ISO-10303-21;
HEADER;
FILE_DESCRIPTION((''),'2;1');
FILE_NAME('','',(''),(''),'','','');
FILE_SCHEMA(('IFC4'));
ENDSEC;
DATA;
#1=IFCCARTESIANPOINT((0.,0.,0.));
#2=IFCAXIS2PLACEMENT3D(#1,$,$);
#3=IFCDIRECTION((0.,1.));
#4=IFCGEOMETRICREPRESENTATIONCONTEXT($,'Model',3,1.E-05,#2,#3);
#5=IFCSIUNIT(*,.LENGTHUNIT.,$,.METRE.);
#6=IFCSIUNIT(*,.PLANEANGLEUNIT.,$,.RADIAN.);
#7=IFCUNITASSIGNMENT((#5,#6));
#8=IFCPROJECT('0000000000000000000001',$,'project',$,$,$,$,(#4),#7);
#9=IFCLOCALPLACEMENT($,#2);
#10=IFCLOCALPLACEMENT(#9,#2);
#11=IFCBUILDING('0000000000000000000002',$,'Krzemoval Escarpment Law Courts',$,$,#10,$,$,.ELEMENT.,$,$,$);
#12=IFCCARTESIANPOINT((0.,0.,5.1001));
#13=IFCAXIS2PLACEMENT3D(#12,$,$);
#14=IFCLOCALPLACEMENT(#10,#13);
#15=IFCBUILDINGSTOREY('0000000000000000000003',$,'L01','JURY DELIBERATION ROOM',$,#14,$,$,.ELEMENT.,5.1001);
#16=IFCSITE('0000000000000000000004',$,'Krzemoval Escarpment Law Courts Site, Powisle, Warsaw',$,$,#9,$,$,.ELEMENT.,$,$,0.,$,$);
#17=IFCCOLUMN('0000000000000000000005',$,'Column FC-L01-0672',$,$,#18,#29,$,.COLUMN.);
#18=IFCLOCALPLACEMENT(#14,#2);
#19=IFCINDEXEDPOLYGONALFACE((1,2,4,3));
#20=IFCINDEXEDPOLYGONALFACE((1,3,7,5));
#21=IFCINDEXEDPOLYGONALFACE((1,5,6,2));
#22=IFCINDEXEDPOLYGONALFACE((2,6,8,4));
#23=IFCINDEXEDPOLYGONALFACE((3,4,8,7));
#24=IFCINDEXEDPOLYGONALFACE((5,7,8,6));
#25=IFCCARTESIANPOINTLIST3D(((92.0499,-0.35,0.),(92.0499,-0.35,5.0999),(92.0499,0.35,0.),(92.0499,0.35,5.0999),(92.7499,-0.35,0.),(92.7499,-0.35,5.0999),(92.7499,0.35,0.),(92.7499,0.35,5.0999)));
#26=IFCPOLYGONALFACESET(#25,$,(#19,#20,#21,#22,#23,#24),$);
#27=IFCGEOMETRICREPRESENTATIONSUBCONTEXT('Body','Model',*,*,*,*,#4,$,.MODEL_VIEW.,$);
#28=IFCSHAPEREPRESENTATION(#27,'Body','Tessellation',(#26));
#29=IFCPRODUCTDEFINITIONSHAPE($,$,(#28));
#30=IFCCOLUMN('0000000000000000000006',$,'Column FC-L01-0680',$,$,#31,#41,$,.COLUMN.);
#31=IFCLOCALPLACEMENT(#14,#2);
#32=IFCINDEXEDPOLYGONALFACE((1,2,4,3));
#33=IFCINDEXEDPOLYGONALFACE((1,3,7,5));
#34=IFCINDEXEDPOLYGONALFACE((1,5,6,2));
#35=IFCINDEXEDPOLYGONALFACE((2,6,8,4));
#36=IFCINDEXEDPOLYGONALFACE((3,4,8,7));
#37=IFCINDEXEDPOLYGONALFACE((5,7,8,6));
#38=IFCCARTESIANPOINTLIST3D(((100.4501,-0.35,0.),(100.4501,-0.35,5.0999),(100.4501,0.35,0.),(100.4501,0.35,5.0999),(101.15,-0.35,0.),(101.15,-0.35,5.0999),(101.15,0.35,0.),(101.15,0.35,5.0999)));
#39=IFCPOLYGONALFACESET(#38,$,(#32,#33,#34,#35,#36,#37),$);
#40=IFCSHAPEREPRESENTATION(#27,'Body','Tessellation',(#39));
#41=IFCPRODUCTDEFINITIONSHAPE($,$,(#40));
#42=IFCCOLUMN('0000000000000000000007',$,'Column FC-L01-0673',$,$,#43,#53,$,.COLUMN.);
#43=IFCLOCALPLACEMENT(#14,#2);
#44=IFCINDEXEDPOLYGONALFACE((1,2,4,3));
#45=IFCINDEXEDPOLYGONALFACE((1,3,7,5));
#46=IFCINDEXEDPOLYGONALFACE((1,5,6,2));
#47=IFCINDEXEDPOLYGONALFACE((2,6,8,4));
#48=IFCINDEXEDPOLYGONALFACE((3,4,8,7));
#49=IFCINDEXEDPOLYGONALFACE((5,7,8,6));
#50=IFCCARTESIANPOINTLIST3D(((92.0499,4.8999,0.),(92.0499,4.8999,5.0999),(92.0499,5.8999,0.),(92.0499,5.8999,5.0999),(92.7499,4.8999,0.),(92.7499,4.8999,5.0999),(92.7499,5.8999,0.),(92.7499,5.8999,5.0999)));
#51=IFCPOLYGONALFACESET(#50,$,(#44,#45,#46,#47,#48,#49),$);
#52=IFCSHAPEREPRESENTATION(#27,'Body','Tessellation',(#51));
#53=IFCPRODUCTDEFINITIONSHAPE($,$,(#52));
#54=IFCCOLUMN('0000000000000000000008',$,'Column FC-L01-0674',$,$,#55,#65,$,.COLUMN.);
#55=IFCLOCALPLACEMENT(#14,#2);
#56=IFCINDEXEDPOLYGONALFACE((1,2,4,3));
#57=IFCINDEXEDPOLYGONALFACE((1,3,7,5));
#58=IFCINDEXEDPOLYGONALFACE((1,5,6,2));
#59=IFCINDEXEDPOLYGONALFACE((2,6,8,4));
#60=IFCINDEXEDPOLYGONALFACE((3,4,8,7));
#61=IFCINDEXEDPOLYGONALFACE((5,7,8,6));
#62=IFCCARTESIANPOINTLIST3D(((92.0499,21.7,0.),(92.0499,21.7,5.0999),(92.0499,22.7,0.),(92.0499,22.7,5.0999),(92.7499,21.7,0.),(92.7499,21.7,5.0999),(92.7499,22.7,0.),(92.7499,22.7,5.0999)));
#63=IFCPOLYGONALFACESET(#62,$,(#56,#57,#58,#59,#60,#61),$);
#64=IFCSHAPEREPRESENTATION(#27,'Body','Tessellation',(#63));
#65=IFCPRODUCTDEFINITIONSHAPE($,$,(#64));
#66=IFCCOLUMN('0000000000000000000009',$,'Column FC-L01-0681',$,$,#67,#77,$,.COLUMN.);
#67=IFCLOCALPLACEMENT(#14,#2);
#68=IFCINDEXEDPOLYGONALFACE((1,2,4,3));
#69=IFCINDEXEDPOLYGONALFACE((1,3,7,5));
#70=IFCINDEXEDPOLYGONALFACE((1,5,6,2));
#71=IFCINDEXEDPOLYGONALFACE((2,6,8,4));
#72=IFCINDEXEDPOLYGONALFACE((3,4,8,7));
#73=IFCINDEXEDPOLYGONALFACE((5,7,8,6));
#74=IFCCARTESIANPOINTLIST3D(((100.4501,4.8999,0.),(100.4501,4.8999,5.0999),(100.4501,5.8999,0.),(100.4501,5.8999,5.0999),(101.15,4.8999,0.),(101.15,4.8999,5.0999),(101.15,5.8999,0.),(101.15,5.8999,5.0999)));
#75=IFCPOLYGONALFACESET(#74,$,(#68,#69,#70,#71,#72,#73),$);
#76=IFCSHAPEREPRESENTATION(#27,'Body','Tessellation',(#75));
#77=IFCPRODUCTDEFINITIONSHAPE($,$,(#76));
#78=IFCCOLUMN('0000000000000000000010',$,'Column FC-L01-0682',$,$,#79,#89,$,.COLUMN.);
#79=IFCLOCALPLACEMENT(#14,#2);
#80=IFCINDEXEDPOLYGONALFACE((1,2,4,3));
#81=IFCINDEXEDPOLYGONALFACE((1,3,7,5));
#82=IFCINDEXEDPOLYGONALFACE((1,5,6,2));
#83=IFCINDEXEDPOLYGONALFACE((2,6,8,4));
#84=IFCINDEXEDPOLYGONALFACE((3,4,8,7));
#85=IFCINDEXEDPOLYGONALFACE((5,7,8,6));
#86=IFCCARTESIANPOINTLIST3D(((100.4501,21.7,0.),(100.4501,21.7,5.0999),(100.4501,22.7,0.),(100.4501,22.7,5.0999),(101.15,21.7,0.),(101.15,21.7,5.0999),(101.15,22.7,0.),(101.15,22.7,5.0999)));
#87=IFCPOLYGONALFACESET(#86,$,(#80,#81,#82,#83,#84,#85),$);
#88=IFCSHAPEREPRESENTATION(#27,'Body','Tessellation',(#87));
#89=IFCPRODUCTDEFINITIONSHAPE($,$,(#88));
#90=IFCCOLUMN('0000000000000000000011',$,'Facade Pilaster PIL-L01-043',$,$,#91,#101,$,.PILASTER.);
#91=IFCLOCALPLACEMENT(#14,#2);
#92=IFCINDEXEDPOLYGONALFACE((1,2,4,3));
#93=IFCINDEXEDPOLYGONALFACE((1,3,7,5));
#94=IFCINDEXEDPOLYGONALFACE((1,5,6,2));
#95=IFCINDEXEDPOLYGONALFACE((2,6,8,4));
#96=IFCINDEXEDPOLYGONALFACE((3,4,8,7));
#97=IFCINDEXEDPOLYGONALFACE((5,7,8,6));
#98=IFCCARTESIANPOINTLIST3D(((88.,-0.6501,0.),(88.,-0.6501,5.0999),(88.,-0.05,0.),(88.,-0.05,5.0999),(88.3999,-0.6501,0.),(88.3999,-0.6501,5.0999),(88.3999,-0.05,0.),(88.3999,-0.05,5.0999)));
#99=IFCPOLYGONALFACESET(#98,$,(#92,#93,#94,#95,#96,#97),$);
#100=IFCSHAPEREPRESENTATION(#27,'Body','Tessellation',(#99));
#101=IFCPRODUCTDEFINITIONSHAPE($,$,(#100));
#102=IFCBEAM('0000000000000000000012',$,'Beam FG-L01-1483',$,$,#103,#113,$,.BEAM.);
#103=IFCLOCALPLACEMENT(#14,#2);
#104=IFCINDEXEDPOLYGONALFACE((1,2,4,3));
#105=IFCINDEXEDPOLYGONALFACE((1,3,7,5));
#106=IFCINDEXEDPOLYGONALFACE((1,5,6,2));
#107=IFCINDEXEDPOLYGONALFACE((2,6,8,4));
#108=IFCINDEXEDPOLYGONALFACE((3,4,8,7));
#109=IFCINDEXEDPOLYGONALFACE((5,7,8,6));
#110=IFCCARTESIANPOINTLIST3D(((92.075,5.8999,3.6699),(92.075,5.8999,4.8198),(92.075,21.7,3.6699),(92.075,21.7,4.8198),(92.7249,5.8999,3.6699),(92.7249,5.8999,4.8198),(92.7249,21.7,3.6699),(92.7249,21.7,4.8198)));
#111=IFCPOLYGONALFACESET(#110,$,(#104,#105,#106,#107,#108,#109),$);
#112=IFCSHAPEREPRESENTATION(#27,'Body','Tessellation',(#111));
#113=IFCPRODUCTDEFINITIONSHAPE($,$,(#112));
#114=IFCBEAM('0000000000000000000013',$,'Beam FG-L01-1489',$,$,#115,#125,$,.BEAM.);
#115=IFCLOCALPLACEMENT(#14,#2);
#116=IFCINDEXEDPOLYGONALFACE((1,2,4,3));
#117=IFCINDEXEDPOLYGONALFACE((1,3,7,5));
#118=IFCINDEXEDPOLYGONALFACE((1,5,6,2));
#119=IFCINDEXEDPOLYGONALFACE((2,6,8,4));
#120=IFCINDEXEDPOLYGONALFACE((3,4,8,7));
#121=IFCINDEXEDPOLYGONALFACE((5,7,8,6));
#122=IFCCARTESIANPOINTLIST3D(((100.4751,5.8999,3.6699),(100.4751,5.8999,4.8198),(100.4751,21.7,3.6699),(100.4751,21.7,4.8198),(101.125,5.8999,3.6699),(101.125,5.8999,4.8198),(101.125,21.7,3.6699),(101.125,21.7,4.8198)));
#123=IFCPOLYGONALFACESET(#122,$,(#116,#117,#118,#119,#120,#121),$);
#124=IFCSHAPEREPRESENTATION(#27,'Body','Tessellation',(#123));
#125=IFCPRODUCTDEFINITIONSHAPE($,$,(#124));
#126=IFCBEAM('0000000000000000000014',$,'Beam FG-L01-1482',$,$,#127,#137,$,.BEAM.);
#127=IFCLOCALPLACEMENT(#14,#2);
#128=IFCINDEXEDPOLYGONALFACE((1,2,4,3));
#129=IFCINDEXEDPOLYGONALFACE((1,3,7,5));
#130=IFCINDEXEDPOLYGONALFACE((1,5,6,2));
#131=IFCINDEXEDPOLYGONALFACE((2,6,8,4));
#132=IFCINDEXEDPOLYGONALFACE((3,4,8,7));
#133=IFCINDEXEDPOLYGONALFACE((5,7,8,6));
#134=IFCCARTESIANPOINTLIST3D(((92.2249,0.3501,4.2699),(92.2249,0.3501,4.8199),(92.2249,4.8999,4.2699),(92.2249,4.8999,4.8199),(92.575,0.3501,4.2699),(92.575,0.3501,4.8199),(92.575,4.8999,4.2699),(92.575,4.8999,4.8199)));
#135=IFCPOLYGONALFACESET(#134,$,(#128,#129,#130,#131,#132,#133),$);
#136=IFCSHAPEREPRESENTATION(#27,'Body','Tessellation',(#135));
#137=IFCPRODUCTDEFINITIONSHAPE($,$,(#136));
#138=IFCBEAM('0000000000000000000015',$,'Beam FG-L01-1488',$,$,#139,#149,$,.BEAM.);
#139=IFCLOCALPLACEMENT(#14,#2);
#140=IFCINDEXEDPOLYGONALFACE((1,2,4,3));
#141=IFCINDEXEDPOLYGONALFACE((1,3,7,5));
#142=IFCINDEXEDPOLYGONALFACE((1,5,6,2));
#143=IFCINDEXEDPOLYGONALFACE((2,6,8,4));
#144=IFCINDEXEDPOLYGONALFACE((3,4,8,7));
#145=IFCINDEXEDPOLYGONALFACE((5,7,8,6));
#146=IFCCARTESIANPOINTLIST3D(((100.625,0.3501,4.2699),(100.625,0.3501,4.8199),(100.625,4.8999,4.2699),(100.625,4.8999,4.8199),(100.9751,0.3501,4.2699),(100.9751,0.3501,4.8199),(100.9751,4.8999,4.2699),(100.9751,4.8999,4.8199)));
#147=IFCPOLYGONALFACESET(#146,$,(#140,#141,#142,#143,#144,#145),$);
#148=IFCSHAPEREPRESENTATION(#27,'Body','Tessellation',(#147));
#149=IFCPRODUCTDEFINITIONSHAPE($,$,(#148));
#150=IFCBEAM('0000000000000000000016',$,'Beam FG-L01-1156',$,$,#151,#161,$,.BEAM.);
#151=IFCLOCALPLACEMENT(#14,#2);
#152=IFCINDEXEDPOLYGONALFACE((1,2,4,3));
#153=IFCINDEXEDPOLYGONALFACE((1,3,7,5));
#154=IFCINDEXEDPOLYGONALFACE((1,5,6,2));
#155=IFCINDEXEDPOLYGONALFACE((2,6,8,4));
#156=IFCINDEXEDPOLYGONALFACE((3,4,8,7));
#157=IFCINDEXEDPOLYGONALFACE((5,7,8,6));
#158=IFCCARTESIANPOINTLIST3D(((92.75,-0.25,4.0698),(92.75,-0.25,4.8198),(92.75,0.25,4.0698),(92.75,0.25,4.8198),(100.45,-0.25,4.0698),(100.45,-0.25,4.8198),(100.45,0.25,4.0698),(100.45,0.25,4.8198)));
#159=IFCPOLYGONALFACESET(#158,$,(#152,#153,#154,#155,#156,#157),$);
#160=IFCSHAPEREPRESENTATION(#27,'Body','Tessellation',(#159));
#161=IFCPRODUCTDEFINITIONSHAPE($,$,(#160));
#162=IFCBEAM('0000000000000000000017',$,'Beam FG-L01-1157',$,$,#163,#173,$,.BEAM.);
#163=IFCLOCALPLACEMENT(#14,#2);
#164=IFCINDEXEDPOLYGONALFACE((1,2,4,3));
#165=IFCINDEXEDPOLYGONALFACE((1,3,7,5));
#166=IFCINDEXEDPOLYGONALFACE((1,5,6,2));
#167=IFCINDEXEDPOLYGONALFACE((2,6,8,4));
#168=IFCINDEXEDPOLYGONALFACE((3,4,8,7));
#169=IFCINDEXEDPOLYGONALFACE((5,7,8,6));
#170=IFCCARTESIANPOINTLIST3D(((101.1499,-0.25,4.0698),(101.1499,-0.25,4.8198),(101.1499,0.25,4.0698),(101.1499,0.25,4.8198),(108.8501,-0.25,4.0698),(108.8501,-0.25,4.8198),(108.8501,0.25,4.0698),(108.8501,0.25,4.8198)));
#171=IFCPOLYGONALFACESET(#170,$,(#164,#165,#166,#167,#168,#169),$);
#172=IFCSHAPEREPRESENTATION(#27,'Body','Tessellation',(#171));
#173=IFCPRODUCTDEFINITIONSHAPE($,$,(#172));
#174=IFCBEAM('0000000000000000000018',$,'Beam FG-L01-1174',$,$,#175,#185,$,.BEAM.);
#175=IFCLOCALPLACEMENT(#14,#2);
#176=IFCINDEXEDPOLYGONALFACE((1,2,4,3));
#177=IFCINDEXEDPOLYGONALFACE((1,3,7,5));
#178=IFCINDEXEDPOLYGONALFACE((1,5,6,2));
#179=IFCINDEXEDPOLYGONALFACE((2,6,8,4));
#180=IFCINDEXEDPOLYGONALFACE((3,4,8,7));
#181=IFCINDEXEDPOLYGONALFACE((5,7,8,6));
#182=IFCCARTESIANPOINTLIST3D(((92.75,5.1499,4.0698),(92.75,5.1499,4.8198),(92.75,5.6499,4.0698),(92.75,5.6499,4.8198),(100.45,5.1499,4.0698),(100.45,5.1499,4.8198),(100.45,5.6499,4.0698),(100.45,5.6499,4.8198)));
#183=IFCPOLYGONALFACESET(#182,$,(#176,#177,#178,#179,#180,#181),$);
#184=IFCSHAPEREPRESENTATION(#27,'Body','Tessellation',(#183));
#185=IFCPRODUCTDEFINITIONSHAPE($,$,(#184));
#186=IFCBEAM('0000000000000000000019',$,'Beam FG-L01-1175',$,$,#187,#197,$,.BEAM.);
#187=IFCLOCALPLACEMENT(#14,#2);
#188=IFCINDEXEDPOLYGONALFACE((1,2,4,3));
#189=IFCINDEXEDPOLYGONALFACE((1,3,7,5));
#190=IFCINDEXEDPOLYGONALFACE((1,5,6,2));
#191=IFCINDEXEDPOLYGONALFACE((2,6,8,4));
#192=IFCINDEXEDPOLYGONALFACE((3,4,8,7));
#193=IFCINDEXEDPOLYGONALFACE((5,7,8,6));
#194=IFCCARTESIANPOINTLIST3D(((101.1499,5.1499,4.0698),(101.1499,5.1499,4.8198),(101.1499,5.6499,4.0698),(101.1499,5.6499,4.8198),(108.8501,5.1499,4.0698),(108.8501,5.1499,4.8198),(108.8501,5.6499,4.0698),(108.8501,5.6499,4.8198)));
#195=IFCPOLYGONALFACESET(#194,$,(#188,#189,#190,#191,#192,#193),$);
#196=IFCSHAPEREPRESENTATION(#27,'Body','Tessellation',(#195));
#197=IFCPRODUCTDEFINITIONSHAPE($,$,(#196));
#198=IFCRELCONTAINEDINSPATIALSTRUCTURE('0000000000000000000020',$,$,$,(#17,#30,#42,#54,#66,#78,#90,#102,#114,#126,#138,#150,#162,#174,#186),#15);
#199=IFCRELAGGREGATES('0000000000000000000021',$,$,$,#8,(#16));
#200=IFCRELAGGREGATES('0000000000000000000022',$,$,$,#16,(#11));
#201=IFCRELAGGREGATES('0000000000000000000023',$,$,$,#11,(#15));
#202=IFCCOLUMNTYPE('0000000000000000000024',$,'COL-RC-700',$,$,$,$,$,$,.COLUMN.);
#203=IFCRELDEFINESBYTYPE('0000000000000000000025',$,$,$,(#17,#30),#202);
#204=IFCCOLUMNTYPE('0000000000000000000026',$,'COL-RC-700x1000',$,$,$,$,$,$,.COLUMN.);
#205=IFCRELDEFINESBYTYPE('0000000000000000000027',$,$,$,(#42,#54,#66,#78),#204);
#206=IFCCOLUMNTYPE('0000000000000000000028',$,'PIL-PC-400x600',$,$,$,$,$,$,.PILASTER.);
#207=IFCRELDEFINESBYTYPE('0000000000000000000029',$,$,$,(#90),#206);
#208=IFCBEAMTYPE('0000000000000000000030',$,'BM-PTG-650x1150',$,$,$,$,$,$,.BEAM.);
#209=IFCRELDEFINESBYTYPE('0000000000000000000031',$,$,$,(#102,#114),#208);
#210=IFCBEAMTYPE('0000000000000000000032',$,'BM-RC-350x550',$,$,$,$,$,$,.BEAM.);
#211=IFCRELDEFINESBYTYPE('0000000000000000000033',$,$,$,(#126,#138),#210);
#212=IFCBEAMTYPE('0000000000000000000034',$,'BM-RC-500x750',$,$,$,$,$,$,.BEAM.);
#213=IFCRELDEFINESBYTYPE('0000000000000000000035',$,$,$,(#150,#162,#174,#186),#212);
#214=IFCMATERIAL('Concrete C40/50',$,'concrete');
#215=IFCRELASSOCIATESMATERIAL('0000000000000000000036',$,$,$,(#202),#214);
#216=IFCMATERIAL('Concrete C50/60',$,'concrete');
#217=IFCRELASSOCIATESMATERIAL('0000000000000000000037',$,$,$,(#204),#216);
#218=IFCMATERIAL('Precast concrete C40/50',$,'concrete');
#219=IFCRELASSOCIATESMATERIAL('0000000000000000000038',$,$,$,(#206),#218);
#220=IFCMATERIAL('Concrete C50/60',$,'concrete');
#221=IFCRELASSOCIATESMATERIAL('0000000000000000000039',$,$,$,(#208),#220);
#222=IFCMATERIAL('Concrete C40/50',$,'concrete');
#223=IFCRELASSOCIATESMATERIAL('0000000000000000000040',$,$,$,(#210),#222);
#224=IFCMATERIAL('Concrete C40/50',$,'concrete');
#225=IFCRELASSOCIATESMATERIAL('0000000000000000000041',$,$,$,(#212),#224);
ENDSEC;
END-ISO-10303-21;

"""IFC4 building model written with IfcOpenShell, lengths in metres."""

from ifc_helpers import new_model, si_unit, direction, frame, origin, origin_2d, place, context, subcontext, project, spatial, rectangle, extrude, material, material_profile, profile_set, type_object, element, save


model = new_model("IFC4")

# Units and contexts
model_context = context("Model", 3, precision=1e-05, world=origin(), true_north=direction((0.0, 1.0)))
body_context = subcontext(model_context, "Body", "Model", "MODEL_VIEW")
ifc_project = project(units=[si_unit("LENGTHUNIT", "METRE"), si_unit("PLANEANGLEUNIT", "RADIAN")], contexts=[model_context])

# Site, building, storey
site_placement = place(None, origin())
site = spatial("IfcSite", under=ifc_project, at=site_placement, Name="Krzemoval Escarpment Law Courts Site, Powisle, Warsaw", CompositionType="ELEMENT", RefElevation=0.0)
building_placement = place(site_placement, origin())
building = spatial("IfcBuilding", under=site, at=building_placement, Name="Krzemoval Escarpment Law Courts", CompositionType="ELEMENT")
storey_placement = place(building_placement, frame((0.0, 0.0, 5.1001)))
storey = spatial("IfcBuildingStorey", under=building, at=storey_placement, Name="L01", Description="JURY DELIBERATION ROOM", CompositionType="ELEMENT", Elevation=5.1001)

# Columns
ifc_material_1 = material(Name="Concrete C40/50", Category="concrete")
ifc_material_profile_1 = material_profile(ifc_material_1, rectangle(XDim=0.7, YDim=0.7, at=origin_2d()), Name="RC 700x700")
ifc_profile_set_1 = profile_set([ifc_material_profile_1], Name="Concrete C40/50")
column_type_1 = type_object("IfcColumnType", Name="COL-RC-700", PredefinedType="COLUMN", material=ifc_profile_set_1)
for number, where, z_axis, x_axis, name in (
    (1, (92.3999, 0.0, 0.0), (0.0, 0.0, 1.0), (1.0, 0.0, 0.0), "Column FC-L01-0672"),
    (2, (100.8, 0.0, 0.0), (0.0, 0.0, 1.0), (1.0, 0.0, 0.0), "Column FC-L01-0680"),
):
    element("IfcColumn", number, at=place(storey_placement, frame(where, z_axis=z_axis, x_axis=x_axis)), inside=storey, type_object=column_type_1, Name=name, PredefinedType="COLUMN", context=body_context, shape_type="SweptSolid", body=[
        extrude(rectangle(XDim=0.7, YDim=0.7, at=origin_2d()), origin(), (0.0, 0.0, 1.0), 5.0999),
    ])
ifc_material_2 = material(Name="Concrete C50/60", Category="concrete")
ifc_material_profile_2 = material_profile(ifc_material_2, rectangle(XDim=0.7, YDim=1.0, at=origin_2d()), Name="RC 700x1000")
ifc_profile_set_2 = profile_set([ifc_material_profile_2], Name="Concrete C50/60")
column_type_2 = type_object("IfcColumnType", Name="COL-RC-700x1000", PredefinedType="COLUMN", material=ifc_profile_set_2)
for number, where, z_axis, x_axis, name in (
    (3, (92.3999, 5.3999, 0.0), (0.0, 0.0, 1.0), (1.0, 0.0, 0.0), "Column FC-L01-0673"),
    (4, (92.3999, 22.2, 0.0), (0.0, 0.0, 1.0), (1.0, 0.0, 0.0), "Column FC-L01-0674"),
    (5, (100.8, 5.3999, 0.0), (0.0, 0.0, 1.0), (1.0, 0.0, 0.0), "Column FC-L01-0681"),
    (6, (100.8, 22.2, 0.0), (0.0, 0.0, 1.0), (1.0, 0.0, 0.0), "Column FC-L01-0682"),
):
    element("IfcColumn", number, at=place(storey_placement, frame(where, z_axis=z_axis, x_axis=x_axis)), inside=storey, type_object=column_type_2, Name=name, PredefinedType="COLUMN", context=body_context, shape_type="SweptSolid", body=[
        extrude(rectangle(XDim=0.7, YDim=1.0, at=origin_2d()), origin(), (0.0, 0.0, 1.0), 5.0999),
    ])
ifc_material_3 = material(Name="Precast concrete C40/50", Category="concrete")
ifc_material_profile_3 = material_profile(ifc_material_3, rectangle(XDim=0.3999, YDim=0.6001, at=origin_2d()), Name="PIL 400x600")
ifc_profile_set_3 = profile_set([ifc_material_profile_3], Name="Precast concrete C40/50")
column_type_3 = type_object("IfcColumnType", Name="PIL-PC-400x600", PredefinedType="PILASTER", material=ifc_profile_set_3)
column_placement = place(storey_placement, frame((88.2, -0.3501, 0.0), z_axis=(0.0, 0.0, 1.0), x_axis=(1.0, 0.0, 0.0)))
element("IfcColumn", 7, at=column_placement, inside=storey, type_object=column_type_3, Name="Facade Pilaster PIL-L01-043", PredefinedType="PILASTER", context=body_context, shape_type="SweptSolid", body=[
    extrude(rectangle(XDim=0.3999, YDim=0.6001, at=origin_2d()), origin(), (0.0, 0.0, 1.0), 5.0999),
])

# Beams
ifc_material_4 = material(Name="Concrete C50/60", Category="concrete")
ifc_material_profile_4 = material_profile(ifc_material_4, rectangle(XDim=0.6499, YDim=1.1499, at=origin_2d()), Name="PTG 650x1150")
ifc_profile_set_4 = profile_set([ifc_material_profile_4], Name="Concrete C50/60")
beam_type_1 = type_object("IfcBeamType", Name="BM-PTG-650x1150", PredefinedType="BEAM", material=ifc_profile_set_4)
for number, where, z_axis, x_axis, name in (
    (8, (92.3999, 5.8999, 4.2449), (0.0, 1.0, 0.0), (-1.0, 0.0, 0.0), "Beam FG-L01-1483"),
    (9, (100.8, 5.8999, 4.2449), (0.0, 1.0, 0.0), (-1.0, 0.0, 0.0), "Beam FG-L01-1489"),
):
    element("IfcBeam", number, at=place(storey_placement, frame(where, z_axis=z_axis, x_axis=x_axis)), inside=storey, type_object=beam_type_1, Name=name, PredefinedType="BEAM", context=body_context, shape_type="SweptSolid", body=[
        extrude(rectangle(XDim=0.6499, YDim=1.1499, at=origin_2d()), origin(), (0.0, 0.0, 1.0), 15.8),
    ])
ifc_material_5 = material(Name="Concrete C40/50", Category="concrete")
ifc_material_profile_5 = material_profile(ifc_material_5, rectangle(XDim=0.3501, YDim=0.55, at=origin_2d()), Name="RCB 350x550")
ifc_profile_set_5 = profile_set([ifc_material_profile_5], Name="Concrete C40/50")
beam_type_2 = type_object("IfcBeamType", Name="BM-RC-350x550", PredefinedType="BEAM", material=ifc_profile_set_5)
for number, where, z_axis, x_axis, name in (
    (10, (92.3999, 0.3501, 4.5449), (0.0, 1.0, 0.0), (-1.0, 0.0, 0.0), "Beam FG-L01-1482"),
    (11, (100.8, 0.3501, 4.5449), (0.0, 1.0, 0.0), (-1.0, 0.0, 0.0), "Beam FG-L01-1488"),
):
    element("IfcBeam", number, at=place(storey_placement, frame(where, z_axis=z_axis, x_axis=x_axis)), inside=storey, type_object=beam_type_2, Name=name, PredefinedType="BEAM", context=body_context, shape_type="SweptSolid", body=[
        extrude(rectangle(XDim=0.3501, YDim=0.55, at=origin_2d()), origin(), (0.0, 0.0, 1.0), 4.5498),
    ])
ifc_material_6 = material(Name="Concrete C40/50", Category="concrete")
ifc_material_profile_6 = material_profile(ifc_material_6, rectangle(XDim=0.5, YDim=0.75, at=origin_2d()), Name="RCB 500x750")
ifc_profile_set_6 = profile_set([ifc_material_profile_6], Name="Concrete C40/50")
beam_type_3 = type_object("IfcBeamType", Name="BM-RC-500x750", PredefinedType="BEAM", material=ifc_profile_set_6)
beam_1_placement = place(storey_placement, frame((92.75, 0.0, 4.4448), z_axis=(1.0, 0.0, 0.0), x_axis=(0.0, 1.0, 0.0)))
element("IfcBeam", 12, at=beam_1_placement, inside=storey, type_object=beam_type_3, Name="Beam FG-L01-1156", PredefinedType="BEAM", context=body_context, shape_type="SweptSolid", body=[
    extrude(rectangle(XDim=0.5, YDim=0.75, at=origin_2d()), origin(), (0.0, 0.0, 1.0), 7.7),
])
beam_2_placement = place(storey_placement, frame((101.1499, 0.0, 4.4448), z_axis=(1.0, 0.0, 0.0), x_axis=(0.0, 1.0, 0.0)))
element("IfcBeam", 13, at=beam_2_placement, inside=storey, type_object=beam_type_3, Name="Beam FG-L01-1157", PredefinedType="BEAM", context=body_context, shape_type="SweptSolid", body=[
    extrude(rectangle(XDim=0.5, YDim=0.75, at=origin_2d()), origin(), (0.0, 0.0, 1.0), 7.7002),
])
beam_3_placement = place(storey_placement, frame((92.75, 5.3999, 4.4448), z_axis=(1.0, 0.0, 0.0), x_axis=(0.0, 1.0, 0.0)))
element("IfcBeam", 14, at=beam_3_placement, inside=storey, type_object=beam_type_3, Name="Beam FG-L01-1174", PredefinedType="BEAM", context=body_context, shape_type="SweptSolid", body=[
    extrude(rectangle(XDim=0.5, YDim=0.75, at=origin_2d()), origin(), (0.0, 0.0, 1.0), 7.7),
])
beam_4_placement = place(storey_placement, frame((101.1499, 5.3999, 4.4448), z_axis=(1.0, 0.0, 0.0), x_axis=(0.0, 1.0, 0.0)))
element("IfcBeam", 15, at=beam_4_placement, inside=storey, type_object=beam_type_3, Name="Beam FG-L01-1175", PredefinedType="BEAM", context=body_context, shape_type="SweptSolid", body=[
    extrude(rectangle(XDim=0.5, YDim=0.75, at=origin_2d()), origin(), (0.0, 0.0, 1.0), 7.7002),
])

save(model, "model.ifc")
